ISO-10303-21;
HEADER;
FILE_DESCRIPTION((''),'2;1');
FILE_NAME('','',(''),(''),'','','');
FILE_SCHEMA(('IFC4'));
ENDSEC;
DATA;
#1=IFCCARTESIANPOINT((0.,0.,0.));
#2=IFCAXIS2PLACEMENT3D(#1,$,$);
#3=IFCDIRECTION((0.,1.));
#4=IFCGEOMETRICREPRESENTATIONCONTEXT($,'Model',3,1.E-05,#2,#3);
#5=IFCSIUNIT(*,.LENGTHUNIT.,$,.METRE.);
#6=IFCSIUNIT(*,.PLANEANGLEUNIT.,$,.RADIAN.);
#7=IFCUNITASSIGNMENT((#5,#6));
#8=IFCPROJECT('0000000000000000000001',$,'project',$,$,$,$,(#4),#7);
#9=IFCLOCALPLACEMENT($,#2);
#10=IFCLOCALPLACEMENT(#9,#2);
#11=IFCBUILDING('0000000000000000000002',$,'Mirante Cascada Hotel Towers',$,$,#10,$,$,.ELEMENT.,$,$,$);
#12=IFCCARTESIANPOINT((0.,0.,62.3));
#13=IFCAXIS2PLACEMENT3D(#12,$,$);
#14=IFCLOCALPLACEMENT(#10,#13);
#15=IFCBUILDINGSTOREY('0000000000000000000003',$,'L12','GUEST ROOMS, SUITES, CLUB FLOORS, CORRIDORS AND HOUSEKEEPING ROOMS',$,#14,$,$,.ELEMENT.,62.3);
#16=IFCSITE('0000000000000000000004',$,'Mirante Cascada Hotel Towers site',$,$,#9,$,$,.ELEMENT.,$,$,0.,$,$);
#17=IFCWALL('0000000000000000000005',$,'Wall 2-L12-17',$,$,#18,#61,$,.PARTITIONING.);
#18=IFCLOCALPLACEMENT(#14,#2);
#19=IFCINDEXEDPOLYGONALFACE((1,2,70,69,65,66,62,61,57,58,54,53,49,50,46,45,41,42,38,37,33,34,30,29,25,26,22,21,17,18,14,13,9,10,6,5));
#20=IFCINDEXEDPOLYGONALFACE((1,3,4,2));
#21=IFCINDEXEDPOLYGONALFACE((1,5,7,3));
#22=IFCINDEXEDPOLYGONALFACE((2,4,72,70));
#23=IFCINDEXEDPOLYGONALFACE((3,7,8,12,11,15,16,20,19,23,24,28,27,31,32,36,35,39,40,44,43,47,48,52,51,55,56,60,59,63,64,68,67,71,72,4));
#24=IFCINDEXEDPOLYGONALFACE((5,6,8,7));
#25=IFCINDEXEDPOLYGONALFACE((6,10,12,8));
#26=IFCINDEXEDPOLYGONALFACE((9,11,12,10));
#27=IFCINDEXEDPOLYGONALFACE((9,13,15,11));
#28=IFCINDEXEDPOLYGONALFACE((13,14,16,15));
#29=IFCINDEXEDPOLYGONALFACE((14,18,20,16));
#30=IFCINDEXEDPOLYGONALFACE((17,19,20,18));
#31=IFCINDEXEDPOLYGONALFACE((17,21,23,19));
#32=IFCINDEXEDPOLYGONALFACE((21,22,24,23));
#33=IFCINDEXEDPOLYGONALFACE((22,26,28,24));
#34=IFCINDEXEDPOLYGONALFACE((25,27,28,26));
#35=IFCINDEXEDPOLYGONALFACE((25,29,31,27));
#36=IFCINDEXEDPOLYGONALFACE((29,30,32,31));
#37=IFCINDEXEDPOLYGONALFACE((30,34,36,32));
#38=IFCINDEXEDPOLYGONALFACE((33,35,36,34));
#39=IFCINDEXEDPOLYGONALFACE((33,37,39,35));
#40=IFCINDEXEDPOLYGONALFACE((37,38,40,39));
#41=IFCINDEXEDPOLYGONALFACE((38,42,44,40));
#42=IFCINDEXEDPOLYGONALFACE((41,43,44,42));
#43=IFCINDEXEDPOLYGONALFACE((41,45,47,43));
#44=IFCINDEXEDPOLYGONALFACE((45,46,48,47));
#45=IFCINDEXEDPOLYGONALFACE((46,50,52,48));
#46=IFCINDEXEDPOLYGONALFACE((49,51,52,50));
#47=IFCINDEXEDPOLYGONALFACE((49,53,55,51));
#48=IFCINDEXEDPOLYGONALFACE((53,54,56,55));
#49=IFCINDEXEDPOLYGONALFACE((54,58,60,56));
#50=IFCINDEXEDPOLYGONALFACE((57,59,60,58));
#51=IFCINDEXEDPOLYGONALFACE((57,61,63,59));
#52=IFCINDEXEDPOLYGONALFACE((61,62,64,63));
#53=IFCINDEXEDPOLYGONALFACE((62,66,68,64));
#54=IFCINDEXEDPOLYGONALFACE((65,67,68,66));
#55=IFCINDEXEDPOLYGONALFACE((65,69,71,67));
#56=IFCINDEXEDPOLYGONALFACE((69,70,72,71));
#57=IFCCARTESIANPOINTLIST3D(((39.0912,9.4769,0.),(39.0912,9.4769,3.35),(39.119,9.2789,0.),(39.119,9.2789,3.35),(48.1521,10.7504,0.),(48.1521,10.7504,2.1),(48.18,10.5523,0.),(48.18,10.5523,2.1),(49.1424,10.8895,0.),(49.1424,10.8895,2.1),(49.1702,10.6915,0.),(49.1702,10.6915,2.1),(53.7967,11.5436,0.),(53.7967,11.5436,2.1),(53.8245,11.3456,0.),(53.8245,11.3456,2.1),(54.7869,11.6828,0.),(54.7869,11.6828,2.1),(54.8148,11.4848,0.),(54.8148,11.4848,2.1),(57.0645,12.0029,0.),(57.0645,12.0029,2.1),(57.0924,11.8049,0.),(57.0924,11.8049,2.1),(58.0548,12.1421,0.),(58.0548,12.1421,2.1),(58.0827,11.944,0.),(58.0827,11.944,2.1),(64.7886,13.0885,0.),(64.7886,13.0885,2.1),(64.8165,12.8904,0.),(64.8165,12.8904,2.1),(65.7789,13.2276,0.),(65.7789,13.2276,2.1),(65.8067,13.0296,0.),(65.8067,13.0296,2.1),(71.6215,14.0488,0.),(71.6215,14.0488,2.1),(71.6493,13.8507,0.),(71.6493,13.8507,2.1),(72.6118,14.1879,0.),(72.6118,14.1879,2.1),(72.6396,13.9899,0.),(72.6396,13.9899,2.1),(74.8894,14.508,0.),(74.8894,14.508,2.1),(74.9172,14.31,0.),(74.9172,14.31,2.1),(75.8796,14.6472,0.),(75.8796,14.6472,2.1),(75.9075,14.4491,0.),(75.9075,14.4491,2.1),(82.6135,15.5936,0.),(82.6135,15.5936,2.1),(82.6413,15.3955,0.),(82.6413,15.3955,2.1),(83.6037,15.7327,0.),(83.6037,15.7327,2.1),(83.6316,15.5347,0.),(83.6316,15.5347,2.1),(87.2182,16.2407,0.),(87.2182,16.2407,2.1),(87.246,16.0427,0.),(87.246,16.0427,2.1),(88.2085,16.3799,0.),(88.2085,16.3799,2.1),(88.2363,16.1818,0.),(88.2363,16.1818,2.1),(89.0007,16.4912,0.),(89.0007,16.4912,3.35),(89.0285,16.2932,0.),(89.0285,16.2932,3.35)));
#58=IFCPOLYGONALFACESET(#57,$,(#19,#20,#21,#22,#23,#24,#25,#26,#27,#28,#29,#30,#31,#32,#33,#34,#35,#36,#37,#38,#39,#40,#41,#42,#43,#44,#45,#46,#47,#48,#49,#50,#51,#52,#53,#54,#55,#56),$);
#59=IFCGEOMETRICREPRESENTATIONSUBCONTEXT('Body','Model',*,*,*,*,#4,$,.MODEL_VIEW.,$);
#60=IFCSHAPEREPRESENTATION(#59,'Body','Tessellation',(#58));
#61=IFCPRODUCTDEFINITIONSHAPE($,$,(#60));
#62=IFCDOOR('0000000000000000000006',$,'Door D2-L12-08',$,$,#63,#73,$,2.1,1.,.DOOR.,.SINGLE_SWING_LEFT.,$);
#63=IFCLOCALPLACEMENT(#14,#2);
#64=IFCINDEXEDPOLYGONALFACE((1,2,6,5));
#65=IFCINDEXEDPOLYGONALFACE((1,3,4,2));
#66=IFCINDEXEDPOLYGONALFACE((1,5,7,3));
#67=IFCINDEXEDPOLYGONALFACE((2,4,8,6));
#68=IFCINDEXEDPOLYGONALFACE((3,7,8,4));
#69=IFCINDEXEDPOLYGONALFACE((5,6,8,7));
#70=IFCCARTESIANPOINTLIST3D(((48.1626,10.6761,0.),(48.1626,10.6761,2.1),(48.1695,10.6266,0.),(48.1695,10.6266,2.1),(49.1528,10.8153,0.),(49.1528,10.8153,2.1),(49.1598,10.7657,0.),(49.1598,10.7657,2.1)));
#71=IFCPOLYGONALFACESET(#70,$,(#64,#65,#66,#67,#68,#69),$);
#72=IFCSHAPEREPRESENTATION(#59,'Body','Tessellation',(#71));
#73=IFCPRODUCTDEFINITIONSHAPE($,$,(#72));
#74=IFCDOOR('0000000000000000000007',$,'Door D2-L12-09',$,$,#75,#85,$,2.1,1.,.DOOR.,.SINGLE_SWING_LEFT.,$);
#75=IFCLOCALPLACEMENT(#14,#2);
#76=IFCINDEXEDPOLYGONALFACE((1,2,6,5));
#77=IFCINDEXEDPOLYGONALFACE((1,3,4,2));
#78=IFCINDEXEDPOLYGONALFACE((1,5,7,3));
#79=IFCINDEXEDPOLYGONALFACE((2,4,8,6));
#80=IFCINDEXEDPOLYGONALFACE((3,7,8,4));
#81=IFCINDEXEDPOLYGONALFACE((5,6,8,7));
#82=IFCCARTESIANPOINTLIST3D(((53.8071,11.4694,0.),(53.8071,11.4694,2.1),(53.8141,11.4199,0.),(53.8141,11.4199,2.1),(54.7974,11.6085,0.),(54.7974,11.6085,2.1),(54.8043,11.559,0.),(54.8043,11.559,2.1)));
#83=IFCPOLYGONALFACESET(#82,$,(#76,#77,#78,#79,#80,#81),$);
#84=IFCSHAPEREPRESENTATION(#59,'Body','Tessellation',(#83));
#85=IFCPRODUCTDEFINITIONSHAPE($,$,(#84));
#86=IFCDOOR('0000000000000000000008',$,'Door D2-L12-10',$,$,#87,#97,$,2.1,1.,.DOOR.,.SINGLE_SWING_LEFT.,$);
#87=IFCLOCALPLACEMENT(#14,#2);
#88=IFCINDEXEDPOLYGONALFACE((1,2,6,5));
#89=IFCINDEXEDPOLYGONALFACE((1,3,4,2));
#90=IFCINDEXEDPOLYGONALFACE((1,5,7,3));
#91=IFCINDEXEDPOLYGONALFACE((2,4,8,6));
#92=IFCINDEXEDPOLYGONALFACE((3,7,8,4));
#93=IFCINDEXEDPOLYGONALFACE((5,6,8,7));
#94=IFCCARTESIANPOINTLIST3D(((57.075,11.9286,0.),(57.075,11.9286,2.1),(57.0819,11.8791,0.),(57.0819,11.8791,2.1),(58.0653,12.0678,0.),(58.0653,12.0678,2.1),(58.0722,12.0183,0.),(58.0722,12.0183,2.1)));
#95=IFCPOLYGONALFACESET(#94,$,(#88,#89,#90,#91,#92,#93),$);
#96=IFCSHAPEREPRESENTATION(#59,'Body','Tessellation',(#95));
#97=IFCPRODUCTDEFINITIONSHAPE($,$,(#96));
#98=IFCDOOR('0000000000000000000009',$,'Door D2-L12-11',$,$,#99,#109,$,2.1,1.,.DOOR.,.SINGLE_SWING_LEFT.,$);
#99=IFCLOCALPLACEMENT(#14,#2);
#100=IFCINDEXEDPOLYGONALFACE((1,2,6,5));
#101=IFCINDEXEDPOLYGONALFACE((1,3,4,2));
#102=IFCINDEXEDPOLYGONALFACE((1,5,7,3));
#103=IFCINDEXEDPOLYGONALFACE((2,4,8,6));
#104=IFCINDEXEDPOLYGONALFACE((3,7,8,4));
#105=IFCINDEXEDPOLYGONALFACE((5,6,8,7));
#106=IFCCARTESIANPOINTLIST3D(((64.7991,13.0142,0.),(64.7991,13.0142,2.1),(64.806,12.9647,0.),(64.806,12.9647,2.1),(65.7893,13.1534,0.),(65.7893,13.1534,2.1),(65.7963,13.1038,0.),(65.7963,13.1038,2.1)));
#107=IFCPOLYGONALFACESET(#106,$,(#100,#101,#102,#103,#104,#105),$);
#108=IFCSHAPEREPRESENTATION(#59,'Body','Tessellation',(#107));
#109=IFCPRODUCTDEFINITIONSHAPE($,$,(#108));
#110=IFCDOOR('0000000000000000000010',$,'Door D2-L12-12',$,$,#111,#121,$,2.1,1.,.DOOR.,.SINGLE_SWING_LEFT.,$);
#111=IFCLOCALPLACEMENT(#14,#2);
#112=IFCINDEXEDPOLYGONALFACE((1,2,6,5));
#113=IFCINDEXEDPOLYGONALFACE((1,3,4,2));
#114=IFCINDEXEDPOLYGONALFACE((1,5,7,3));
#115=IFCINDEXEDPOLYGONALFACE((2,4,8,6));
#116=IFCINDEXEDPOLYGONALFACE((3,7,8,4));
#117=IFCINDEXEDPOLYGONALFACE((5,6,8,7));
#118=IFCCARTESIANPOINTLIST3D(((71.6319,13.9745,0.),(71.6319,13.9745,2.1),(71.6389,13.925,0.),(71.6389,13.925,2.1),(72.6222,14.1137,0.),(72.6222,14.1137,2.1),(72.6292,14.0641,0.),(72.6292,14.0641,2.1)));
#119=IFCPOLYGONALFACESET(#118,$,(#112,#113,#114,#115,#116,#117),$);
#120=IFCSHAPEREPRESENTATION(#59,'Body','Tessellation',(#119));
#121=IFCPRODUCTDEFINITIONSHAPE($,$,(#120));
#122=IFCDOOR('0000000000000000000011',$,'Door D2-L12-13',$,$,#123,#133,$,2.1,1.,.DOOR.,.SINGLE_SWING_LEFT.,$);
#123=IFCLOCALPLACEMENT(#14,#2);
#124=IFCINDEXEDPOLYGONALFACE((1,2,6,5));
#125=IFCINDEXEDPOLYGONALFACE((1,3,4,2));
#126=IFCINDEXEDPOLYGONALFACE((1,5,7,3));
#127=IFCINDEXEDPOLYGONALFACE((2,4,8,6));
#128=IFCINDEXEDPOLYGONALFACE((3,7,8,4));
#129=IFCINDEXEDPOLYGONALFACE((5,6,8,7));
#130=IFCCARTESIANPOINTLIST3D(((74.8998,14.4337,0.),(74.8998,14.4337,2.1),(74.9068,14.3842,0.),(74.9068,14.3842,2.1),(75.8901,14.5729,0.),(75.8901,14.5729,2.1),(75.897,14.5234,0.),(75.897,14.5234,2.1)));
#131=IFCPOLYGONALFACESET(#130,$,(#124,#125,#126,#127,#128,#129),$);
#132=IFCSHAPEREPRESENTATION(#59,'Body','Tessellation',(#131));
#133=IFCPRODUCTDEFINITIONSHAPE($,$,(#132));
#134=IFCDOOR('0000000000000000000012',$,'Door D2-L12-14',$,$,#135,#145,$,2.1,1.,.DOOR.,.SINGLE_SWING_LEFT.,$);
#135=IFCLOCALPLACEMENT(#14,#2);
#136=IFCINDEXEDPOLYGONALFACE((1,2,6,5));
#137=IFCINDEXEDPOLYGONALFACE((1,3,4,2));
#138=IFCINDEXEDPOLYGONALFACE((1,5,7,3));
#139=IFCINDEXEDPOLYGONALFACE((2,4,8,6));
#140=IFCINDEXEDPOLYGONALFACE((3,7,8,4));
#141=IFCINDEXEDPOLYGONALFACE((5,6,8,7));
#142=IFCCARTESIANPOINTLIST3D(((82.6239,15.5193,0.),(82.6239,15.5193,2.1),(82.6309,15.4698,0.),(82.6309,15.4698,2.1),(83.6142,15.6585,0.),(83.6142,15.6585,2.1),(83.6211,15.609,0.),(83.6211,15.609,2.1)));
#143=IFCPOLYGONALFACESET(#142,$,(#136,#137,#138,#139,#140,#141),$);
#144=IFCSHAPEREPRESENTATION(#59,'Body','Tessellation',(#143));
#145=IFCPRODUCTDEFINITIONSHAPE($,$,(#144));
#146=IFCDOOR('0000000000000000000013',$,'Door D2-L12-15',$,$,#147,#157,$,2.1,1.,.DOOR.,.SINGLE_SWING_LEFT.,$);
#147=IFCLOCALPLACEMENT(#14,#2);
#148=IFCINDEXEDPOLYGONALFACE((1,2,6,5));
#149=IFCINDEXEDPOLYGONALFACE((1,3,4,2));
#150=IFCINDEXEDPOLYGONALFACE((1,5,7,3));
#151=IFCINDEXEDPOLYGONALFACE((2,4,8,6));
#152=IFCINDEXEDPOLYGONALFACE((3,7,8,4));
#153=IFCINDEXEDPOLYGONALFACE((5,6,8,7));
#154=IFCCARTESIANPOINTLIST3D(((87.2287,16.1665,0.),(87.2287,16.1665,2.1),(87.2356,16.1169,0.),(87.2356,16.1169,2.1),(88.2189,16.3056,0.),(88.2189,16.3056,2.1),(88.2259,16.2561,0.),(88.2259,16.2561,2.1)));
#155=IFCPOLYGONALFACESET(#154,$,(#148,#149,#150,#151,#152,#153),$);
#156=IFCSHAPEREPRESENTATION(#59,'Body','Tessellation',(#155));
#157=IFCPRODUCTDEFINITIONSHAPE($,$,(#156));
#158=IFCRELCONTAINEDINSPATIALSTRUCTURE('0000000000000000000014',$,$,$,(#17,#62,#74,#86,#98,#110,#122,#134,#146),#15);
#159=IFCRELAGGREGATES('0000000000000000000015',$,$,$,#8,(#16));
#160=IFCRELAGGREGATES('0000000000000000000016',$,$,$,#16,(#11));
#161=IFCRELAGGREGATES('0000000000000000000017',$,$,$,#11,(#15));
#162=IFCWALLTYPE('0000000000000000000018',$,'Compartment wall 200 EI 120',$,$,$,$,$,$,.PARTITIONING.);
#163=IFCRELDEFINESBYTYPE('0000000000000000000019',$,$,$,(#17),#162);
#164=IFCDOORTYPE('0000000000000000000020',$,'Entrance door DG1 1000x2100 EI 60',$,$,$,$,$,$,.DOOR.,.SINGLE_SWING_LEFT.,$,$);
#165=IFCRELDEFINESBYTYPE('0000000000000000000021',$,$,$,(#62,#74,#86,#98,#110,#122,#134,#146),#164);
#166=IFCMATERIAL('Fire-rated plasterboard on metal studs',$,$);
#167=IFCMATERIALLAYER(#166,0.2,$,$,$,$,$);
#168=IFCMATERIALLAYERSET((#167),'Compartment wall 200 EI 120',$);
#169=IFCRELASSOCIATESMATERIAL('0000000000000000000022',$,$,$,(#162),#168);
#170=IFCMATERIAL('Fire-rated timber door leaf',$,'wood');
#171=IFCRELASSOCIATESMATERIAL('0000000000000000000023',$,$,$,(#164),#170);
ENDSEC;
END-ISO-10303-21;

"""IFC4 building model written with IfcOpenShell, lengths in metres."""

from ifc_helpers import new_model, si_unit, direction, frame, frame_2d, origin, place, context, subcontext, project, spatial, rectangle, extrude, material, layer, layer_set, type_object, element, fill, save


model = new_model("IFC4")

# Units and contexts
model_context = context("Model", 3, precision=1e-05, world=origin(), true_north=direction((0.0, 1.0)))
body_context = subcontext(model_context, "Body", "Model", "MODEL_VIEW")
ifc_project = project(units=[si_unit("LENGTHUNIT", "METRE"), si_unit("PLANEANGLEUNIT", "RADIAN")], contexts=[model_context])

# Site, building, storey
site_placement = place(None, origin())
site = spatial("IfcSite", under=ifc_project, at=site_placement, Name="Mirante Cascada Hotel Towers site", CompositionType="ELEMENT", RefElevation=0.0)
building_placement = place(site_placement, origin())
building = spatial("IfcBuilding", under=site, at=building_placement, Name="Mirante Cascada Hotel Towers", CompositionType="ELEMENT")
storey_placement = place(building_placement, frame((0.0, 0.0, 62.3)))
storey = spatial("IfcBuildingStorey", under=building, at=storey_placement, Name="L12", Description="GUEST ROOMS, SUITES, CLUB FLOORS, CORRIDORS AND HOUSEKEEPING ROOMS", CompositionType="ELEMENT", Elevation=62.3)

# Wall, openings, doors
ifc_material_1 = material(Name="Fire-rated plasterboard on metal studs")
ifc_layer_1 = layer(ifc_material_1, 0.2)
ifc_layer_set_1 = layer_set([ifc_layer_1], Name="Compartment wall 200 EI 120")
wall_type_1 = type_object("IfcWallType", Name="Compartment wall 200 EI 120", PredefinedType="PARTITIONING", material=ifc_layer_set_1)
wall_1_placement = place(storey_placement, frame((39.1051, 9.3779, 0.0), z_axis=(0.0, 0.0, 1.0), x_axis=(0.990268, 0.139173, 0.0)))
wall_1 = element("IfcWall", 1, at=wall_1_placement, inside=storey, type_object=wall_type_1, Name="Wall 2-L12-17", PredefinedType="PARTITIONING", context=body_context, shape_type="SweptSolid", body=[
    extrude(rectangle(XDim=50.4, YDim=0.2, at=frame_2d((25.2, 0.0))), origin(), (0.0, 0.0, 1.0), 3.35),
])
opening_1_placement = place(wall_1_placement, frame((9.15, 0.0, 0.0)))
opening_1 = element("IfcOpeningElement", 2, at=opening_1_placement, cuts=wall_1, PredefinedType="OPENING", context=body_context, shape_type="SweptSolid", body=[
    extrude(rectangle(XDim=1.0, YDim=2.1, at=frame_2d((0.5, 1.05))), frame((0.0, 0.1, 0.0), z_axis=(0.0, -1.0, 0.0), x_axis=(1.0, 0.0, 0.0)), (0.0, 0.0, 1.0), 0.2),
])
opening_2_placement = place(wall_1_placement, frame((14.85, 0.0, 0.0)))
opening_2 = element("IfcOpeningElement", 3, at=opening_2_placement, cuts=wall_1, PredefinedType="OPENING", context=body_context, shape_type="SweptSolid", body=[
    extrude(rectangle(XDim=1.0, YDim=2.1, at=frame_2d((0.5, 1.05))), frame((0.0, 0.1, 0.0), z_axis=(0.0, -1.0, 0.0), x_axis=(1.0, 0.0, 0.0)), (0.0, 0.0, 1.0), 0.2),
])
opening_3_placement = place(wall_1_placement, frame((18.15, 0.0, 0.0)))
opening_3 = element("IfcOpeningElement", 4, at=opening_3_placement, cuts=wall_1, PredefinedType="OPENING", context=body_context, shape_type="SweptSolid", body=[
    extrude(rectangle(XDim=1.0, YDim=2.1, at=frame_2d((0.5, 1.05))), frame((0.0, 0.1, 0.0), z_axis=(0.0, -1.0, 0.0), x_axis=(1.0, 0.0, 0.0)), (0.0, 0.0, 1.0), 0.2),
])
opening_4_placement = place(wall_1_placement, frame((25.95, 0.0, 0.0)))
opening_4 = element("IfcOpeningElement", 5, at=opening_4_placement, cuts=wall_1, PredefinedType="OPENING", context=body_context, shape_type="SweptSolid", body=[
    extrude(rectangle(XDim=1.0, YDim=2.1, at=frame_2d((0.5, 1.05))), frame((0.0, 0.1, 0.0), z_axis=(0.0, -1.0, 0.0), x_axis=(1.0, 0.0, 0.0)), (0.0, 0.0, 1.0), 0.2),
])
opening_5_placement = place(wall_1_placement, frame((32.85, 0.0, 0.0)))
opening_5 = element("IfcOpeningElement", 6, at=opening_5_placement, cuts=wall_1, PredefinedType="OPENING", context=body_context, shape_type="SweptSolid", body=[
    extrude(rectangle(XDim=1.0, YDim=2.1, at=frame_2d((0.5, 1.05))), frame((0.0, 0.1, 0.0), z_axis=(0.0, -1.0, 0.0), x_axis=(1.0, 0.0, 0.0)), (0.0, 0.0, 1.0), 0.2),
])
opening_6_placement = place(wall_1_placement, frame((36.15, 0.0, 0.0)))
opening_6 = element("IfcOpeningElement", 7, at=opening_6_placement, cuts=wall_1, PredefinedType="OPENING", context=body_context, shape_type="SweptSolid", body=[
    extrude(rectangle(XDim=1.0, YDim=2.1, at=frame_2d((0.5, 1.05))), frame((0.0, 0.1, 0.0), z_axis=(0.0, -1.0, 0.0), x_axis=(1.0, 0.0, 0.0)), (0.0, 0.0, 1.0), 0.2),
])
opening_7_placement = place(wall_1_placement, frame((43.95, 0.0, 0.0)))
opening_7 = element("IfcOpeningElement", 8, at=opening_7_placement, cuts=wall_1, PredefinedType="OPENING", context=body_context, shape_type="SweptSolid", body=[
    extrude(rectangle(XDim=1.0, YDim=2.1, at=frame_2d((0.5, 1.05))), frame((0.0, 0.1, 0.0), z_axis=(0.0, -1.0, 0.0), x_axis=(1.0, 0.0, 0.0)), (0.0, 0.0, 1.0), 0.2),
])
opening_8_placement = place(wall_1_placement, frame((48.6, 0.0, 0.0)))
opening_8 = element("IfcOpeningElement", 9, at=opening_8_placement, cuts=wall_1, PredefinedType="OPENING", context=body_context, shape_type="SweptSolid", body=[
    extrude(rectangle(XDim=1.0, YDim=2.1, at=frame_2d((0.5, 1.05))), frame((0.0, 0.1, 0.0), z_axis=(0.0, -1.0, 0.0), x_axis=(1.0, 0.0, 0.0)), (0.0, 0.0, 1.0), 0.2),
])
ifc_material_2 = material(Name="Fire-rated timber door leaf", Category="wood")
door_type_1 = type_object("IfcDoorType", Name="Entrance door DG1 1000x2100 EI 60", OperationType="SINGLE_SWING_LEFT", PredefinedType="DOOR", material=ifc_material_2)
door_1_placement = place(opening_1_placement, origin())
door_1 = element("IfcDoor", 10, at=door_1_placement, inside=storey, type_object=door_type_1, Name="Door D2-L12-08", OperationType="SINGLE_SWING_LEFT", OverallHeight=2.1, OverallWidth=1.0, PredefinedType="DOOR", context=body_context, shape_type="SweptSolid", body=[
    extrude(rectangle(XDim=1.0, YDim=2.1, at=frame_2d((0.5, 1.05))), frame((0.0, 0.025, 0.0), z_axis=(0.0, -1.0, 0.0), x_axis=(1.0, 0.0, 0.0)), (0.0, 0.0, 1.0), 0.05),
])
fill(opening_1, door_1)
door_2_placement = place(opening_2_placement, origin())
door_2 = element("IfcDoor", 11, at=door_2_placement, inside=storey, type_object=door_type_1, Name="Door D2-L12-09", OperationType="SINGLE_SWING_LEFT", OverallHeight=2.1, OverallWidth=1.0, PredefinedType="DOOR", context=body_context, shape_type="SweptSolid", body=[
    extrude(rectangle(XDim=1.0, YDim=2.1, at=frame_2d((0.5, 1.05))), frame((0.0, 0.025, 0.0), z_axis=(0.0, -1.0, 0.0), x_axis=(1.0, 0.0, 0.0)), (0.0, 0.0, 1.0), 0.05),
])
fill(opening_2, door_2)
door_3_placement = place(opening_3_placement, origin())
door_3 = element("IfcDoor", 12, at=door_3_placement, inside=storey, type_object=door_type_1, Name="Door D2-L12-10", OperationType="SINGLE_SWING_LEFT", OverallHeight=2.1, OverallWidth=1.0, PredefinedType="DOOR", context=body_context, shape_type="SweptSolid", body=[
    extrude(rectangle(XDim=1.0, YDim=2.1, at=frame_2d((0.5, 1.05))), frame((0.0, 0.025, 0.0), z_axis=(0.0, -1.0, 0.0), x_axis=(1.0, 0.0, 0.0)), (0.0, 0.0, 1.0), 0.05),
])
fill(opening_3, door_3)
door_4_placement = place(opening_4_placement, origin())
door_4 = element("IfcDoor", 13, at=door_4_placement, inside=storey, type_object=door_type_1, Name="Door D2-L12-11", OperationType="SINGLE_SWING_LEFT", OverallHeight=2.1, OverallWidth=1.0, PredefinedType="DOOR", context=body_context, shape_type="SweptSolid", body=[
    extrude(rectangle(XDim=1.0, YDim=2.1, at=frame_2d((0.5, 1.05))), frame((0.0, 0.025, 0.0), z_axis=(0.0, -1.0, 0.0), x_axis=(1.0, 0.0, 0.0)), (0.0, 0.0, 1.0), 0.05),
])
fill(opening_4, door_4)
door_5_placement = place(opening_5_placement, origin())
door_5 = element("IfcDoor", 14, at=door_5_placement, inside=storey, type_object=door_type_1, Name="Door D2-L12-12", OperationType="SINGLE_SWING_LEFT", OverallHeight=2.1, OverallWidth=1.0, PredefinedType="DOOR", context=body_context, shape_type="SweptSolid", body=[
    extrude(rectangle(XDim=1.0, YDim=2.1, at=frame_2d((0.5, 1.05))), frame((0.0, 0.025, 0.0), z_axis=(0.0, -1.0, 0.0), x_axis=(1.0, 0.0, 0.0)), (0.0, 0.0, 1.0), 0.05),
])
fill(opening_5, door_5)
door_6_placement = place(opening_6_placement, origin())
door_6 = element("IfcDoor", 15, at=door_6_placement, inside=storey, type_object=door_type_1, Name="Door D2-L12-13", OperationType="SINGLE_SWING_LEFT", OverallHeight=2.1, OverallWidth=1.0, PredefinedType="DOOR", context=body_context, shape_type="SweptSolid", body=[
    extrude(rectangle(XDim=1.0, YDim=2.1, at=frame_2d((0.5, 1.05))), frame((0.0, 0.025, 0.0), z_axis=(0.0, -1.0, 0.0), x_axis=(1.0, 0.0, 0.0)), (0.0, 0.0, 1.0), 0.05),
])
fill(opening_6, door_6)
door_7_placement = place(opening_7_placement, origin())
door_7 = element("IfcDoor", 16, at=door_7_placement, inside=storey, type_object=door_type_1, Name="Door D2-L12-14", OperationType="SINGLE_SWING_LEFT", OverallHeight=2.1, OverallWidth=1.0, PredefinedType="DOOR", context=body_context, shape_type="SweptSolid", body=[
    extrude(rectangle(XDim=1.0, YDim=2.1, at=frame_2d((0.5, 1.05))), frame((0.0, 0.025, 0.0), z_axis=(0.0, -1.0, 0.0), x_axis=(1.0, 0.0, 0.0)), (0.0, 0.0, 1.0), 0.05),
])
fill(opening_7, door_7)
door_8_placement = place(opening_8_placement, origin())
door_8 = element("IfcDoor", 17, at=door_8_placement, inside=storey, type_object=door_type_1, Name="Door D2-L12-15", OperationType="SINGLE_SWING_LEFT", OverallHeight=2.1, OverallWidth=1.0, PredefinedType="DOOR", context=body_context, shape_type="SweptSolid", body=[
    extrude(rectangle(XDim=1.0, YDim=2.1, at=frame_2d((0.5, 1.05))), frame((0.0, 0.025, 0.0), z_axis=(0.0, -1.0, 0.0), x_axis=(1.0, 0.0, 0.0)), (0.0, 0.0, 1.0), 0.05),
])
fill(opening_8, door_8)

save(model, "model.ifc")
